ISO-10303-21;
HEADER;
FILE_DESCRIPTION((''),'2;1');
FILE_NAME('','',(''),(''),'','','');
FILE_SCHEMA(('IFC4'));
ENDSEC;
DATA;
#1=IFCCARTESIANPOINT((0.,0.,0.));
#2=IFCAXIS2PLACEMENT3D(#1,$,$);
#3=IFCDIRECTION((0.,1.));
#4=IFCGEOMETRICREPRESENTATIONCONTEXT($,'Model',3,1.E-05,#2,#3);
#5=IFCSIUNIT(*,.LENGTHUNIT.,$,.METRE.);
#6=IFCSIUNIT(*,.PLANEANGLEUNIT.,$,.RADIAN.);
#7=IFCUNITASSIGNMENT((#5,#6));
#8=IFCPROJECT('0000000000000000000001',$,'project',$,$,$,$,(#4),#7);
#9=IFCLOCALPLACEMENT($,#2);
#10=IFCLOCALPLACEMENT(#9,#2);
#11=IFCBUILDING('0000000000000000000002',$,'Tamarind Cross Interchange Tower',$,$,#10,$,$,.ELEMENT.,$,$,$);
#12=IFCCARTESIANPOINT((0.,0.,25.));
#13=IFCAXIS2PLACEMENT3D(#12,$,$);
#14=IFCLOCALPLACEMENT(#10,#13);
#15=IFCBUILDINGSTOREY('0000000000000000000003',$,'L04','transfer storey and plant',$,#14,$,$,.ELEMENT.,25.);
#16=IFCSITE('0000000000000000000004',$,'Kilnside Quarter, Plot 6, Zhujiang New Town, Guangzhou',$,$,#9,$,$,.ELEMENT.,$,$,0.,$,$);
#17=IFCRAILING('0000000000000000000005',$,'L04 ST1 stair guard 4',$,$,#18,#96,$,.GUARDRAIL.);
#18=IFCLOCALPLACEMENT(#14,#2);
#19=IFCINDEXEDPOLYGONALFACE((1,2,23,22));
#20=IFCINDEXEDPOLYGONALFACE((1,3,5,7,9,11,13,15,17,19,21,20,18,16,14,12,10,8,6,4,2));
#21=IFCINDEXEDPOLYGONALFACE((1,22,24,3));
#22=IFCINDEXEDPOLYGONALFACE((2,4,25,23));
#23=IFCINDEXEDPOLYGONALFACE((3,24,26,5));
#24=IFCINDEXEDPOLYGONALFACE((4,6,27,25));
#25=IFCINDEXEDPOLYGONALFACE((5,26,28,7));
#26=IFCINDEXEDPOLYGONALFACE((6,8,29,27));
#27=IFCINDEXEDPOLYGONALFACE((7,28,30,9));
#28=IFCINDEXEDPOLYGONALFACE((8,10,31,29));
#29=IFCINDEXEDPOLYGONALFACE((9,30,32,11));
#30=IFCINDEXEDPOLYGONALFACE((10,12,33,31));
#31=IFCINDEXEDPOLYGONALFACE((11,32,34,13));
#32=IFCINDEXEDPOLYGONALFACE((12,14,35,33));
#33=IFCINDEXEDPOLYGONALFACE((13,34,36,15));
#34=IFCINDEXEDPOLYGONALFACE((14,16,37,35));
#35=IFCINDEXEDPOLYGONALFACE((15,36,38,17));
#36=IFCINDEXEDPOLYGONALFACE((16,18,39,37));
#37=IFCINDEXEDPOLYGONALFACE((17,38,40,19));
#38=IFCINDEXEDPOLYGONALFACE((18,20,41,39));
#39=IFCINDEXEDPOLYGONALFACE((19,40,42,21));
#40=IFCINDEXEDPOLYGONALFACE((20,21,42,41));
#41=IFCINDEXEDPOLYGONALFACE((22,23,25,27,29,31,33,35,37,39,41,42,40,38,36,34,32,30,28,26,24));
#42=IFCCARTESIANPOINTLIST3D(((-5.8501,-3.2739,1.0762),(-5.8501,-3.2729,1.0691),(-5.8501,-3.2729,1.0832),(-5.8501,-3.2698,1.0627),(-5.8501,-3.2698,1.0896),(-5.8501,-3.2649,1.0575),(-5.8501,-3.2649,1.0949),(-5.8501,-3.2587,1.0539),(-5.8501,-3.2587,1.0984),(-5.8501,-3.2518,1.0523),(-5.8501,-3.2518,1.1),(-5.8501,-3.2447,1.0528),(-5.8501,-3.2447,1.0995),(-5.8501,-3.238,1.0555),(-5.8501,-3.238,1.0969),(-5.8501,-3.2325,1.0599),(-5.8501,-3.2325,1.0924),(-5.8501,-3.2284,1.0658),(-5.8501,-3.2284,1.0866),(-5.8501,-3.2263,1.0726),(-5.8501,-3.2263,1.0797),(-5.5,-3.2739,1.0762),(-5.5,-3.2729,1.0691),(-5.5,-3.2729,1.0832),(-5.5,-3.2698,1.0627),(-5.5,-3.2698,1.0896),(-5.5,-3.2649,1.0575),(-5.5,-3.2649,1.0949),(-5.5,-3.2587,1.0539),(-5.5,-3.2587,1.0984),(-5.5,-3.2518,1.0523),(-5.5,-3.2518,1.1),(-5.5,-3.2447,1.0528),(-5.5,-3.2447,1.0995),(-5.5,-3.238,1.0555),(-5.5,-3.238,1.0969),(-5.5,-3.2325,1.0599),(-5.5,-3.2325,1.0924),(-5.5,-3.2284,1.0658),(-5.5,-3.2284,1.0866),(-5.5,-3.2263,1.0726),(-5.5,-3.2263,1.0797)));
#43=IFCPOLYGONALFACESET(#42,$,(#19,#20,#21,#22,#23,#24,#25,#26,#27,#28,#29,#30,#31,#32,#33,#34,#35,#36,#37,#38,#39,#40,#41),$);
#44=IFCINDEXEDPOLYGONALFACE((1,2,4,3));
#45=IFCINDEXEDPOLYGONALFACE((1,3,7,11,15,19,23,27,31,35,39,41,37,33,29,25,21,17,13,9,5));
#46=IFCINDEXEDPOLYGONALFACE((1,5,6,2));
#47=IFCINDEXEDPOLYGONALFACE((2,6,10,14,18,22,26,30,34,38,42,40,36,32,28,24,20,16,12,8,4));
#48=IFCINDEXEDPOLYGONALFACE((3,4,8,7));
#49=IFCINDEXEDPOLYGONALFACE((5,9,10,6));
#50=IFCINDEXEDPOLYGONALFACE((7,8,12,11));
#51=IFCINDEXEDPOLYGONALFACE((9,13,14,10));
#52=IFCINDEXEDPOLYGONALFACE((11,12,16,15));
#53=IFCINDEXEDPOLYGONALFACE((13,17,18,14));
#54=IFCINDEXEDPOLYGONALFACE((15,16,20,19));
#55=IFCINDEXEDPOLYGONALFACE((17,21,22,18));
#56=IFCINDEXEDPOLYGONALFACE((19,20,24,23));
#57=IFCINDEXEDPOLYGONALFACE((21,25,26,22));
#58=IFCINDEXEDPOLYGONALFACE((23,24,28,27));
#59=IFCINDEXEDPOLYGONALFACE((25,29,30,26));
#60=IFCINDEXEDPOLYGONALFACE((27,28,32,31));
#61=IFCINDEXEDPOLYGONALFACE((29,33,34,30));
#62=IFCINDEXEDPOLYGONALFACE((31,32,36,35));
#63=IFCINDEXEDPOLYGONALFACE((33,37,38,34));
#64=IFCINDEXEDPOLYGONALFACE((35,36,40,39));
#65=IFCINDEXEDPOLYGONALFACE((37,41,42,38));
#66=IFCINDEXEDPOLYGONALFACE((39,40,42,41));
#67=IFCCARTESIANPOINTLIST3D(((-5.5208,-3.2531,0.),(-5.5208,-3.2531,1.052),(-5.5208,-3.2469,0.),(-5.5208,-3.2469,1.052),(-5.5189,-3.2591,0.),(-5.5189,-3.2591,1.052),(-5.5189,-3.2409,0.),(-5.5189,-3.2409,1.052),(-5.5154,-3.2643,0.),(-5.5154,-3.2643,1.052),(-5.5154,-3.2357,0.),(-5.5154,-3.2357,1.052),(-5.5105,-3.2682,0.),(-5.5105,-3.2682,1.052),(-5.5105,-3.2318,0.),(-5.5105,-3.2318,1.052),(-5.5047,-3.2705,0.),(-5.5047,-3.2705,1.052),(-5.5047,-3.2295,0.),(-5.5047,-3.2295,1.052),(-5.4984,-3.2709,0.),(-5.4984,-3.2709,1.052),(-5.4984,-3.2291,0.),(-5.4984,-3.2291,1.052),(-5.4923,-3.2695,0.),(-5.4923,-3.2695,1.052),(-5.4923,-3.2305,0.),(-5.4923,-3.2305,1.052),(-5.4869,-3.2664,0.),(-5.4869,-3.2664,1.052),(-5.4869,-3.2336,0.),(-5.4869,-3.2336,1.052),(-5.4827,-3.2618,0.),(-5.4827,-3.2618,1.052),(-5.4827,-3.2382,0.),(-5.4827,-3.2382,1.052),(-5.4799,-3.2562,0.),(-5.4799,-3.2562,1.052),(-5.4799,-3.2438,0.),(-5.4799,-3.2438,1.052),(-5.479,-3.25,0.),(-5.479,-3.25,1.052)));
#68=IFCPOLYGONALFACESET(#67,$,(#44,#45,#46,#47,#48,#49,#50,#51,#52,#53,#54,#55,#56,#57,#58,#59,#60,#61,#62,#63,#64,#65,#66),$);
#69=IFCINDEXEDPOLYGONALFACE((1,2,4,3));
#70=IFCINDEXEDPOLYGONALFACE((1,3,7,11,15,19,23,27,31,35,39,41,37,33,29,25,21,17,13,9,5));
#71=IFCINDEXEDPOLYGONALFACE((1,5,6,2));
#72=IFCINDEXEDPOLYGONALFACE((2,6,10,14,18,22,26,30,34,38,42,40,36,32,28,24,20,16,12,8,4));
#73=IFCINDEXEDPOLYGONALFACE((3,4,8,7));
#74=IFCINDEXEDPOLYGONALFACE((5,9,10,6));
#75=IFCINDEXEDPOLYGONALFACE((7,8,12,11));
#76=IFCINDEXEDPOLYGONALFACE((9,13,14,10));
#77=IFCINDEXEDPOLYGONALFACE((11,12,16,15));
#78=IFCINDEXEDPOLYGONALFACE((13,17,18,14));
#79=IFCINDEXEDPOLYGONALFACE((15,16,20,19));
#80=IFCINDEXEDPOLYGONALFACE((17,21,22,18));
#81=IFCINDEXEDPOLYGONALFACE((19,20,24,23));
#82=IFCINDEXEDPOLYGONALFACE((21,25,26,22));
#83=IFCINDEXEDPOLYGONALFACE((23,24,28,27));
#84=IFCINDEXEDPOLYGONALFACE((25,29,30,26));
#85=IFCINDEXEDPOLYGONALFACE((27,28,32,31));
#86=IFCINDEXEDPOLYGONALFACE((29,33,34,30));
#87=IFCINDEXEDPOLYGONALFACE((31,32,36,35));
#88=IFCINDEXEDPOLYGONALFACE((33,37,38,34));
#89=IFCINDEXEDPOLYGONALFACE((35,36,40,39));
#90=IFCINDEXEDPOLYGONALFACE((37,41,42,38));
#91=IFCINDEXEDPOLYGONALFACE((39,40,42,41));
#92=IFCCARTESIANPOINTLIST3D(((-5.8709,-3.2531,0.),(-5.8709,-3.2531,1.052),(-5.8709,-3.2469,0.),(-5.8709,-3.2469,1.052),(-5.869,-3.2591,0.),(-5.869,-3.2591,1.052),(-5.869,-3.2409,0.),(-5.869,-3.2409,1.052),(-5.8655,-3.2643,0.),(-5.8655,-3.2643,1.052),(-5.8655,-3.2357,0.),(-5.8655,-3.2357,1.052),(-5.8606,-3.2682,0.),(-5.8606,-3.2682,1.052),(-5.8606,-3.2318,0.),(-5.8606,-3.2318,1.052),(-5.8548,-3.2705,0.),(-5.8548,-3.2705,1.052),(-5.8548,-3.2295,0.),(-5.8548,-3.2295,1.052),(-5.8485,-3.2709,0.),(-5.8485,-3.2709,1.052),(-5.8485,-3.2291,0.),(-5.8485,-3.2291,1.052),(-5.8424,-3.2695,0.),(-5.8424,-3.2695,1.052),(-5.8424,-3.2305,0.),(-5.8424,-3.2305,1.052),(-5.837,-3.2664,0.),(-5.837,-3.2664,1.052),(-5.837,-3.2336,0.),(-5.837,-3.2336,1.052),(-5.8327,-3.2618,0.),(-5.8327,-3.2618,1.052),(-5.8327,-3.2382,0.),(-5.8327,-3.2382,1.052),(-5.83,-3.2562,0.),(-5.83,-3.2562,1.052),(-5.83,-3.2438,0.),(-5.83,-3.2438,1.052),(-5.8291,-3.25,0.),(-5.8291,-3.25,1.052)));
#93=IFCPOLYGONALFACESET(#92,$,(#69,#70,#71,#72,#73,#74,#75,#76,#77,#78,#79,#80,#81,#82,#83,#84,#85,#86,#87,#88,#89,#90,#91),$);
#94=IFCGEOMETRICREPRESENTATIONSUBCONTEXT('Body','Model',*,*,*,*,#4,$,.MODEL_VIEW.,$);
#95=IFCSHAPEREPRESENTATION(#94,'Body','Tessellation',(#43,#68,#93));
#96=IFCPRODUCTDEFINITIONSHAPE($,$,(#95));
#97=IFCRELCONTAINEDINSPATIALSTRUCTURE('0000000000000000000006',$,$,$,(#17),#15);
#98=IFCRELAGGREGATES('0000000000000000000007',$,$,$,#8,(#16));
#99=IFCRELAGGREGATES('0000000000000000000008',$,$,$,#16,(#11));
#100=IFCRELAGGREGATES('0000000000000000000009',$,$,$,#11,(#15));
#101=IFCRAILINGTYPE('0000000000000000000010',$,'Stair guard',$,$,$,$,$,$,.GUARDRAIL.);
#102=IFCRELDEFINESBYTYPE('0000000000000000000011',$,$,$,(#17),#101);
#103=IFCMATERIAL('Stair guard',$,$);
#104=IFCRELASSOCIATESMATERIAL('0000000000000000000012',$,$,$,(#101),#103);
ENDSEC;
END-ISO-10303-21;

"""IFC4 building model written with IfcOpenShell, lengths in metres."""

from ifc_helpers import new_model, si_unit, direction, frame, origin, origin_2d, place, context, subcontext, project, spatial, circle, extrude, material, type_object, element, save


model = new_model("IFC4")

# Units and contexts
model_context = context("Model", 3, precision=1e-05, world=origin(), true_north=direction((0.0, 1.0)))
body_context = subcontext(model_context, "Body", "Model", "MODEL_VIEW")
ifc_project = project(units=[si_unit("LENGTHUNIT", "METRE"), si_unit("PLANEANGLEUNIT", "RADIAN")], contexts=[model_context])

# Site, building, storey
site_placement = place(None, origin())
site = spatial("IfcSite", under=ifc_project, at=site_placement, Name="Kilnside Quarter, Plot 6, Zhujiang New Town, Guangzhou", CompositionType="ELEMENT", RefElevation=0.0)
building_placement = place(site_placement, origin())
building = spatial("IfcBuilding", under=site, at=building_placement, Name="Tamarind Cross Interchange Tower", CompositionType="ELEMENT")
storey_placement = place(building_placement, frame((0.0, 0.0, 25.0)))
storey = spatial("IfcBuildingStorey", under=building, at=storey_placement, Name="L04", Description="transfer storey and plant", CompositionType="ELEMENT", Elevation=25.0)

# Railing
ifc_material_1 = material(Name="Stair guard")
railing_type_1 = type_object("IfcRailingType", Name="Stair guard", PredefinedType="GUARDRAIL", material=ifc_material_1)
railing_1_placement = place(storey_placement, frame((-5.5, -3.25, 0.0)))
element("IfcRailing", 1, at=railing_1_placement, inside=storey, type_object=railing_type_1, Name="L04 ST1 stair guard 4", PredefinedType="GUARDRAIL", context=body_context, shape_type="SweptSolid", body=[
    extrude(circle(Radius=0.0239, at=origin_2d()), frame((0.0, 0.0, 1.0762), z_axis=(-1.0, 0.0, 0.0), x_axis=(0.0, -1.0, 0.0)), (0.0, 0.0, 1.0), 0.3501),
    extrude(circle(Radius=0.021, at=origin_2d()), origin(), (0.0, 0.0, 1.0), 1.052),
    extrude(circle(Radius=0.021, at=origin_2d()), frame((-0.3501, 0.0, 0.0)), (0.0, 0.0, 1.0), 1.052),
])

save(model, "model.ifc")
